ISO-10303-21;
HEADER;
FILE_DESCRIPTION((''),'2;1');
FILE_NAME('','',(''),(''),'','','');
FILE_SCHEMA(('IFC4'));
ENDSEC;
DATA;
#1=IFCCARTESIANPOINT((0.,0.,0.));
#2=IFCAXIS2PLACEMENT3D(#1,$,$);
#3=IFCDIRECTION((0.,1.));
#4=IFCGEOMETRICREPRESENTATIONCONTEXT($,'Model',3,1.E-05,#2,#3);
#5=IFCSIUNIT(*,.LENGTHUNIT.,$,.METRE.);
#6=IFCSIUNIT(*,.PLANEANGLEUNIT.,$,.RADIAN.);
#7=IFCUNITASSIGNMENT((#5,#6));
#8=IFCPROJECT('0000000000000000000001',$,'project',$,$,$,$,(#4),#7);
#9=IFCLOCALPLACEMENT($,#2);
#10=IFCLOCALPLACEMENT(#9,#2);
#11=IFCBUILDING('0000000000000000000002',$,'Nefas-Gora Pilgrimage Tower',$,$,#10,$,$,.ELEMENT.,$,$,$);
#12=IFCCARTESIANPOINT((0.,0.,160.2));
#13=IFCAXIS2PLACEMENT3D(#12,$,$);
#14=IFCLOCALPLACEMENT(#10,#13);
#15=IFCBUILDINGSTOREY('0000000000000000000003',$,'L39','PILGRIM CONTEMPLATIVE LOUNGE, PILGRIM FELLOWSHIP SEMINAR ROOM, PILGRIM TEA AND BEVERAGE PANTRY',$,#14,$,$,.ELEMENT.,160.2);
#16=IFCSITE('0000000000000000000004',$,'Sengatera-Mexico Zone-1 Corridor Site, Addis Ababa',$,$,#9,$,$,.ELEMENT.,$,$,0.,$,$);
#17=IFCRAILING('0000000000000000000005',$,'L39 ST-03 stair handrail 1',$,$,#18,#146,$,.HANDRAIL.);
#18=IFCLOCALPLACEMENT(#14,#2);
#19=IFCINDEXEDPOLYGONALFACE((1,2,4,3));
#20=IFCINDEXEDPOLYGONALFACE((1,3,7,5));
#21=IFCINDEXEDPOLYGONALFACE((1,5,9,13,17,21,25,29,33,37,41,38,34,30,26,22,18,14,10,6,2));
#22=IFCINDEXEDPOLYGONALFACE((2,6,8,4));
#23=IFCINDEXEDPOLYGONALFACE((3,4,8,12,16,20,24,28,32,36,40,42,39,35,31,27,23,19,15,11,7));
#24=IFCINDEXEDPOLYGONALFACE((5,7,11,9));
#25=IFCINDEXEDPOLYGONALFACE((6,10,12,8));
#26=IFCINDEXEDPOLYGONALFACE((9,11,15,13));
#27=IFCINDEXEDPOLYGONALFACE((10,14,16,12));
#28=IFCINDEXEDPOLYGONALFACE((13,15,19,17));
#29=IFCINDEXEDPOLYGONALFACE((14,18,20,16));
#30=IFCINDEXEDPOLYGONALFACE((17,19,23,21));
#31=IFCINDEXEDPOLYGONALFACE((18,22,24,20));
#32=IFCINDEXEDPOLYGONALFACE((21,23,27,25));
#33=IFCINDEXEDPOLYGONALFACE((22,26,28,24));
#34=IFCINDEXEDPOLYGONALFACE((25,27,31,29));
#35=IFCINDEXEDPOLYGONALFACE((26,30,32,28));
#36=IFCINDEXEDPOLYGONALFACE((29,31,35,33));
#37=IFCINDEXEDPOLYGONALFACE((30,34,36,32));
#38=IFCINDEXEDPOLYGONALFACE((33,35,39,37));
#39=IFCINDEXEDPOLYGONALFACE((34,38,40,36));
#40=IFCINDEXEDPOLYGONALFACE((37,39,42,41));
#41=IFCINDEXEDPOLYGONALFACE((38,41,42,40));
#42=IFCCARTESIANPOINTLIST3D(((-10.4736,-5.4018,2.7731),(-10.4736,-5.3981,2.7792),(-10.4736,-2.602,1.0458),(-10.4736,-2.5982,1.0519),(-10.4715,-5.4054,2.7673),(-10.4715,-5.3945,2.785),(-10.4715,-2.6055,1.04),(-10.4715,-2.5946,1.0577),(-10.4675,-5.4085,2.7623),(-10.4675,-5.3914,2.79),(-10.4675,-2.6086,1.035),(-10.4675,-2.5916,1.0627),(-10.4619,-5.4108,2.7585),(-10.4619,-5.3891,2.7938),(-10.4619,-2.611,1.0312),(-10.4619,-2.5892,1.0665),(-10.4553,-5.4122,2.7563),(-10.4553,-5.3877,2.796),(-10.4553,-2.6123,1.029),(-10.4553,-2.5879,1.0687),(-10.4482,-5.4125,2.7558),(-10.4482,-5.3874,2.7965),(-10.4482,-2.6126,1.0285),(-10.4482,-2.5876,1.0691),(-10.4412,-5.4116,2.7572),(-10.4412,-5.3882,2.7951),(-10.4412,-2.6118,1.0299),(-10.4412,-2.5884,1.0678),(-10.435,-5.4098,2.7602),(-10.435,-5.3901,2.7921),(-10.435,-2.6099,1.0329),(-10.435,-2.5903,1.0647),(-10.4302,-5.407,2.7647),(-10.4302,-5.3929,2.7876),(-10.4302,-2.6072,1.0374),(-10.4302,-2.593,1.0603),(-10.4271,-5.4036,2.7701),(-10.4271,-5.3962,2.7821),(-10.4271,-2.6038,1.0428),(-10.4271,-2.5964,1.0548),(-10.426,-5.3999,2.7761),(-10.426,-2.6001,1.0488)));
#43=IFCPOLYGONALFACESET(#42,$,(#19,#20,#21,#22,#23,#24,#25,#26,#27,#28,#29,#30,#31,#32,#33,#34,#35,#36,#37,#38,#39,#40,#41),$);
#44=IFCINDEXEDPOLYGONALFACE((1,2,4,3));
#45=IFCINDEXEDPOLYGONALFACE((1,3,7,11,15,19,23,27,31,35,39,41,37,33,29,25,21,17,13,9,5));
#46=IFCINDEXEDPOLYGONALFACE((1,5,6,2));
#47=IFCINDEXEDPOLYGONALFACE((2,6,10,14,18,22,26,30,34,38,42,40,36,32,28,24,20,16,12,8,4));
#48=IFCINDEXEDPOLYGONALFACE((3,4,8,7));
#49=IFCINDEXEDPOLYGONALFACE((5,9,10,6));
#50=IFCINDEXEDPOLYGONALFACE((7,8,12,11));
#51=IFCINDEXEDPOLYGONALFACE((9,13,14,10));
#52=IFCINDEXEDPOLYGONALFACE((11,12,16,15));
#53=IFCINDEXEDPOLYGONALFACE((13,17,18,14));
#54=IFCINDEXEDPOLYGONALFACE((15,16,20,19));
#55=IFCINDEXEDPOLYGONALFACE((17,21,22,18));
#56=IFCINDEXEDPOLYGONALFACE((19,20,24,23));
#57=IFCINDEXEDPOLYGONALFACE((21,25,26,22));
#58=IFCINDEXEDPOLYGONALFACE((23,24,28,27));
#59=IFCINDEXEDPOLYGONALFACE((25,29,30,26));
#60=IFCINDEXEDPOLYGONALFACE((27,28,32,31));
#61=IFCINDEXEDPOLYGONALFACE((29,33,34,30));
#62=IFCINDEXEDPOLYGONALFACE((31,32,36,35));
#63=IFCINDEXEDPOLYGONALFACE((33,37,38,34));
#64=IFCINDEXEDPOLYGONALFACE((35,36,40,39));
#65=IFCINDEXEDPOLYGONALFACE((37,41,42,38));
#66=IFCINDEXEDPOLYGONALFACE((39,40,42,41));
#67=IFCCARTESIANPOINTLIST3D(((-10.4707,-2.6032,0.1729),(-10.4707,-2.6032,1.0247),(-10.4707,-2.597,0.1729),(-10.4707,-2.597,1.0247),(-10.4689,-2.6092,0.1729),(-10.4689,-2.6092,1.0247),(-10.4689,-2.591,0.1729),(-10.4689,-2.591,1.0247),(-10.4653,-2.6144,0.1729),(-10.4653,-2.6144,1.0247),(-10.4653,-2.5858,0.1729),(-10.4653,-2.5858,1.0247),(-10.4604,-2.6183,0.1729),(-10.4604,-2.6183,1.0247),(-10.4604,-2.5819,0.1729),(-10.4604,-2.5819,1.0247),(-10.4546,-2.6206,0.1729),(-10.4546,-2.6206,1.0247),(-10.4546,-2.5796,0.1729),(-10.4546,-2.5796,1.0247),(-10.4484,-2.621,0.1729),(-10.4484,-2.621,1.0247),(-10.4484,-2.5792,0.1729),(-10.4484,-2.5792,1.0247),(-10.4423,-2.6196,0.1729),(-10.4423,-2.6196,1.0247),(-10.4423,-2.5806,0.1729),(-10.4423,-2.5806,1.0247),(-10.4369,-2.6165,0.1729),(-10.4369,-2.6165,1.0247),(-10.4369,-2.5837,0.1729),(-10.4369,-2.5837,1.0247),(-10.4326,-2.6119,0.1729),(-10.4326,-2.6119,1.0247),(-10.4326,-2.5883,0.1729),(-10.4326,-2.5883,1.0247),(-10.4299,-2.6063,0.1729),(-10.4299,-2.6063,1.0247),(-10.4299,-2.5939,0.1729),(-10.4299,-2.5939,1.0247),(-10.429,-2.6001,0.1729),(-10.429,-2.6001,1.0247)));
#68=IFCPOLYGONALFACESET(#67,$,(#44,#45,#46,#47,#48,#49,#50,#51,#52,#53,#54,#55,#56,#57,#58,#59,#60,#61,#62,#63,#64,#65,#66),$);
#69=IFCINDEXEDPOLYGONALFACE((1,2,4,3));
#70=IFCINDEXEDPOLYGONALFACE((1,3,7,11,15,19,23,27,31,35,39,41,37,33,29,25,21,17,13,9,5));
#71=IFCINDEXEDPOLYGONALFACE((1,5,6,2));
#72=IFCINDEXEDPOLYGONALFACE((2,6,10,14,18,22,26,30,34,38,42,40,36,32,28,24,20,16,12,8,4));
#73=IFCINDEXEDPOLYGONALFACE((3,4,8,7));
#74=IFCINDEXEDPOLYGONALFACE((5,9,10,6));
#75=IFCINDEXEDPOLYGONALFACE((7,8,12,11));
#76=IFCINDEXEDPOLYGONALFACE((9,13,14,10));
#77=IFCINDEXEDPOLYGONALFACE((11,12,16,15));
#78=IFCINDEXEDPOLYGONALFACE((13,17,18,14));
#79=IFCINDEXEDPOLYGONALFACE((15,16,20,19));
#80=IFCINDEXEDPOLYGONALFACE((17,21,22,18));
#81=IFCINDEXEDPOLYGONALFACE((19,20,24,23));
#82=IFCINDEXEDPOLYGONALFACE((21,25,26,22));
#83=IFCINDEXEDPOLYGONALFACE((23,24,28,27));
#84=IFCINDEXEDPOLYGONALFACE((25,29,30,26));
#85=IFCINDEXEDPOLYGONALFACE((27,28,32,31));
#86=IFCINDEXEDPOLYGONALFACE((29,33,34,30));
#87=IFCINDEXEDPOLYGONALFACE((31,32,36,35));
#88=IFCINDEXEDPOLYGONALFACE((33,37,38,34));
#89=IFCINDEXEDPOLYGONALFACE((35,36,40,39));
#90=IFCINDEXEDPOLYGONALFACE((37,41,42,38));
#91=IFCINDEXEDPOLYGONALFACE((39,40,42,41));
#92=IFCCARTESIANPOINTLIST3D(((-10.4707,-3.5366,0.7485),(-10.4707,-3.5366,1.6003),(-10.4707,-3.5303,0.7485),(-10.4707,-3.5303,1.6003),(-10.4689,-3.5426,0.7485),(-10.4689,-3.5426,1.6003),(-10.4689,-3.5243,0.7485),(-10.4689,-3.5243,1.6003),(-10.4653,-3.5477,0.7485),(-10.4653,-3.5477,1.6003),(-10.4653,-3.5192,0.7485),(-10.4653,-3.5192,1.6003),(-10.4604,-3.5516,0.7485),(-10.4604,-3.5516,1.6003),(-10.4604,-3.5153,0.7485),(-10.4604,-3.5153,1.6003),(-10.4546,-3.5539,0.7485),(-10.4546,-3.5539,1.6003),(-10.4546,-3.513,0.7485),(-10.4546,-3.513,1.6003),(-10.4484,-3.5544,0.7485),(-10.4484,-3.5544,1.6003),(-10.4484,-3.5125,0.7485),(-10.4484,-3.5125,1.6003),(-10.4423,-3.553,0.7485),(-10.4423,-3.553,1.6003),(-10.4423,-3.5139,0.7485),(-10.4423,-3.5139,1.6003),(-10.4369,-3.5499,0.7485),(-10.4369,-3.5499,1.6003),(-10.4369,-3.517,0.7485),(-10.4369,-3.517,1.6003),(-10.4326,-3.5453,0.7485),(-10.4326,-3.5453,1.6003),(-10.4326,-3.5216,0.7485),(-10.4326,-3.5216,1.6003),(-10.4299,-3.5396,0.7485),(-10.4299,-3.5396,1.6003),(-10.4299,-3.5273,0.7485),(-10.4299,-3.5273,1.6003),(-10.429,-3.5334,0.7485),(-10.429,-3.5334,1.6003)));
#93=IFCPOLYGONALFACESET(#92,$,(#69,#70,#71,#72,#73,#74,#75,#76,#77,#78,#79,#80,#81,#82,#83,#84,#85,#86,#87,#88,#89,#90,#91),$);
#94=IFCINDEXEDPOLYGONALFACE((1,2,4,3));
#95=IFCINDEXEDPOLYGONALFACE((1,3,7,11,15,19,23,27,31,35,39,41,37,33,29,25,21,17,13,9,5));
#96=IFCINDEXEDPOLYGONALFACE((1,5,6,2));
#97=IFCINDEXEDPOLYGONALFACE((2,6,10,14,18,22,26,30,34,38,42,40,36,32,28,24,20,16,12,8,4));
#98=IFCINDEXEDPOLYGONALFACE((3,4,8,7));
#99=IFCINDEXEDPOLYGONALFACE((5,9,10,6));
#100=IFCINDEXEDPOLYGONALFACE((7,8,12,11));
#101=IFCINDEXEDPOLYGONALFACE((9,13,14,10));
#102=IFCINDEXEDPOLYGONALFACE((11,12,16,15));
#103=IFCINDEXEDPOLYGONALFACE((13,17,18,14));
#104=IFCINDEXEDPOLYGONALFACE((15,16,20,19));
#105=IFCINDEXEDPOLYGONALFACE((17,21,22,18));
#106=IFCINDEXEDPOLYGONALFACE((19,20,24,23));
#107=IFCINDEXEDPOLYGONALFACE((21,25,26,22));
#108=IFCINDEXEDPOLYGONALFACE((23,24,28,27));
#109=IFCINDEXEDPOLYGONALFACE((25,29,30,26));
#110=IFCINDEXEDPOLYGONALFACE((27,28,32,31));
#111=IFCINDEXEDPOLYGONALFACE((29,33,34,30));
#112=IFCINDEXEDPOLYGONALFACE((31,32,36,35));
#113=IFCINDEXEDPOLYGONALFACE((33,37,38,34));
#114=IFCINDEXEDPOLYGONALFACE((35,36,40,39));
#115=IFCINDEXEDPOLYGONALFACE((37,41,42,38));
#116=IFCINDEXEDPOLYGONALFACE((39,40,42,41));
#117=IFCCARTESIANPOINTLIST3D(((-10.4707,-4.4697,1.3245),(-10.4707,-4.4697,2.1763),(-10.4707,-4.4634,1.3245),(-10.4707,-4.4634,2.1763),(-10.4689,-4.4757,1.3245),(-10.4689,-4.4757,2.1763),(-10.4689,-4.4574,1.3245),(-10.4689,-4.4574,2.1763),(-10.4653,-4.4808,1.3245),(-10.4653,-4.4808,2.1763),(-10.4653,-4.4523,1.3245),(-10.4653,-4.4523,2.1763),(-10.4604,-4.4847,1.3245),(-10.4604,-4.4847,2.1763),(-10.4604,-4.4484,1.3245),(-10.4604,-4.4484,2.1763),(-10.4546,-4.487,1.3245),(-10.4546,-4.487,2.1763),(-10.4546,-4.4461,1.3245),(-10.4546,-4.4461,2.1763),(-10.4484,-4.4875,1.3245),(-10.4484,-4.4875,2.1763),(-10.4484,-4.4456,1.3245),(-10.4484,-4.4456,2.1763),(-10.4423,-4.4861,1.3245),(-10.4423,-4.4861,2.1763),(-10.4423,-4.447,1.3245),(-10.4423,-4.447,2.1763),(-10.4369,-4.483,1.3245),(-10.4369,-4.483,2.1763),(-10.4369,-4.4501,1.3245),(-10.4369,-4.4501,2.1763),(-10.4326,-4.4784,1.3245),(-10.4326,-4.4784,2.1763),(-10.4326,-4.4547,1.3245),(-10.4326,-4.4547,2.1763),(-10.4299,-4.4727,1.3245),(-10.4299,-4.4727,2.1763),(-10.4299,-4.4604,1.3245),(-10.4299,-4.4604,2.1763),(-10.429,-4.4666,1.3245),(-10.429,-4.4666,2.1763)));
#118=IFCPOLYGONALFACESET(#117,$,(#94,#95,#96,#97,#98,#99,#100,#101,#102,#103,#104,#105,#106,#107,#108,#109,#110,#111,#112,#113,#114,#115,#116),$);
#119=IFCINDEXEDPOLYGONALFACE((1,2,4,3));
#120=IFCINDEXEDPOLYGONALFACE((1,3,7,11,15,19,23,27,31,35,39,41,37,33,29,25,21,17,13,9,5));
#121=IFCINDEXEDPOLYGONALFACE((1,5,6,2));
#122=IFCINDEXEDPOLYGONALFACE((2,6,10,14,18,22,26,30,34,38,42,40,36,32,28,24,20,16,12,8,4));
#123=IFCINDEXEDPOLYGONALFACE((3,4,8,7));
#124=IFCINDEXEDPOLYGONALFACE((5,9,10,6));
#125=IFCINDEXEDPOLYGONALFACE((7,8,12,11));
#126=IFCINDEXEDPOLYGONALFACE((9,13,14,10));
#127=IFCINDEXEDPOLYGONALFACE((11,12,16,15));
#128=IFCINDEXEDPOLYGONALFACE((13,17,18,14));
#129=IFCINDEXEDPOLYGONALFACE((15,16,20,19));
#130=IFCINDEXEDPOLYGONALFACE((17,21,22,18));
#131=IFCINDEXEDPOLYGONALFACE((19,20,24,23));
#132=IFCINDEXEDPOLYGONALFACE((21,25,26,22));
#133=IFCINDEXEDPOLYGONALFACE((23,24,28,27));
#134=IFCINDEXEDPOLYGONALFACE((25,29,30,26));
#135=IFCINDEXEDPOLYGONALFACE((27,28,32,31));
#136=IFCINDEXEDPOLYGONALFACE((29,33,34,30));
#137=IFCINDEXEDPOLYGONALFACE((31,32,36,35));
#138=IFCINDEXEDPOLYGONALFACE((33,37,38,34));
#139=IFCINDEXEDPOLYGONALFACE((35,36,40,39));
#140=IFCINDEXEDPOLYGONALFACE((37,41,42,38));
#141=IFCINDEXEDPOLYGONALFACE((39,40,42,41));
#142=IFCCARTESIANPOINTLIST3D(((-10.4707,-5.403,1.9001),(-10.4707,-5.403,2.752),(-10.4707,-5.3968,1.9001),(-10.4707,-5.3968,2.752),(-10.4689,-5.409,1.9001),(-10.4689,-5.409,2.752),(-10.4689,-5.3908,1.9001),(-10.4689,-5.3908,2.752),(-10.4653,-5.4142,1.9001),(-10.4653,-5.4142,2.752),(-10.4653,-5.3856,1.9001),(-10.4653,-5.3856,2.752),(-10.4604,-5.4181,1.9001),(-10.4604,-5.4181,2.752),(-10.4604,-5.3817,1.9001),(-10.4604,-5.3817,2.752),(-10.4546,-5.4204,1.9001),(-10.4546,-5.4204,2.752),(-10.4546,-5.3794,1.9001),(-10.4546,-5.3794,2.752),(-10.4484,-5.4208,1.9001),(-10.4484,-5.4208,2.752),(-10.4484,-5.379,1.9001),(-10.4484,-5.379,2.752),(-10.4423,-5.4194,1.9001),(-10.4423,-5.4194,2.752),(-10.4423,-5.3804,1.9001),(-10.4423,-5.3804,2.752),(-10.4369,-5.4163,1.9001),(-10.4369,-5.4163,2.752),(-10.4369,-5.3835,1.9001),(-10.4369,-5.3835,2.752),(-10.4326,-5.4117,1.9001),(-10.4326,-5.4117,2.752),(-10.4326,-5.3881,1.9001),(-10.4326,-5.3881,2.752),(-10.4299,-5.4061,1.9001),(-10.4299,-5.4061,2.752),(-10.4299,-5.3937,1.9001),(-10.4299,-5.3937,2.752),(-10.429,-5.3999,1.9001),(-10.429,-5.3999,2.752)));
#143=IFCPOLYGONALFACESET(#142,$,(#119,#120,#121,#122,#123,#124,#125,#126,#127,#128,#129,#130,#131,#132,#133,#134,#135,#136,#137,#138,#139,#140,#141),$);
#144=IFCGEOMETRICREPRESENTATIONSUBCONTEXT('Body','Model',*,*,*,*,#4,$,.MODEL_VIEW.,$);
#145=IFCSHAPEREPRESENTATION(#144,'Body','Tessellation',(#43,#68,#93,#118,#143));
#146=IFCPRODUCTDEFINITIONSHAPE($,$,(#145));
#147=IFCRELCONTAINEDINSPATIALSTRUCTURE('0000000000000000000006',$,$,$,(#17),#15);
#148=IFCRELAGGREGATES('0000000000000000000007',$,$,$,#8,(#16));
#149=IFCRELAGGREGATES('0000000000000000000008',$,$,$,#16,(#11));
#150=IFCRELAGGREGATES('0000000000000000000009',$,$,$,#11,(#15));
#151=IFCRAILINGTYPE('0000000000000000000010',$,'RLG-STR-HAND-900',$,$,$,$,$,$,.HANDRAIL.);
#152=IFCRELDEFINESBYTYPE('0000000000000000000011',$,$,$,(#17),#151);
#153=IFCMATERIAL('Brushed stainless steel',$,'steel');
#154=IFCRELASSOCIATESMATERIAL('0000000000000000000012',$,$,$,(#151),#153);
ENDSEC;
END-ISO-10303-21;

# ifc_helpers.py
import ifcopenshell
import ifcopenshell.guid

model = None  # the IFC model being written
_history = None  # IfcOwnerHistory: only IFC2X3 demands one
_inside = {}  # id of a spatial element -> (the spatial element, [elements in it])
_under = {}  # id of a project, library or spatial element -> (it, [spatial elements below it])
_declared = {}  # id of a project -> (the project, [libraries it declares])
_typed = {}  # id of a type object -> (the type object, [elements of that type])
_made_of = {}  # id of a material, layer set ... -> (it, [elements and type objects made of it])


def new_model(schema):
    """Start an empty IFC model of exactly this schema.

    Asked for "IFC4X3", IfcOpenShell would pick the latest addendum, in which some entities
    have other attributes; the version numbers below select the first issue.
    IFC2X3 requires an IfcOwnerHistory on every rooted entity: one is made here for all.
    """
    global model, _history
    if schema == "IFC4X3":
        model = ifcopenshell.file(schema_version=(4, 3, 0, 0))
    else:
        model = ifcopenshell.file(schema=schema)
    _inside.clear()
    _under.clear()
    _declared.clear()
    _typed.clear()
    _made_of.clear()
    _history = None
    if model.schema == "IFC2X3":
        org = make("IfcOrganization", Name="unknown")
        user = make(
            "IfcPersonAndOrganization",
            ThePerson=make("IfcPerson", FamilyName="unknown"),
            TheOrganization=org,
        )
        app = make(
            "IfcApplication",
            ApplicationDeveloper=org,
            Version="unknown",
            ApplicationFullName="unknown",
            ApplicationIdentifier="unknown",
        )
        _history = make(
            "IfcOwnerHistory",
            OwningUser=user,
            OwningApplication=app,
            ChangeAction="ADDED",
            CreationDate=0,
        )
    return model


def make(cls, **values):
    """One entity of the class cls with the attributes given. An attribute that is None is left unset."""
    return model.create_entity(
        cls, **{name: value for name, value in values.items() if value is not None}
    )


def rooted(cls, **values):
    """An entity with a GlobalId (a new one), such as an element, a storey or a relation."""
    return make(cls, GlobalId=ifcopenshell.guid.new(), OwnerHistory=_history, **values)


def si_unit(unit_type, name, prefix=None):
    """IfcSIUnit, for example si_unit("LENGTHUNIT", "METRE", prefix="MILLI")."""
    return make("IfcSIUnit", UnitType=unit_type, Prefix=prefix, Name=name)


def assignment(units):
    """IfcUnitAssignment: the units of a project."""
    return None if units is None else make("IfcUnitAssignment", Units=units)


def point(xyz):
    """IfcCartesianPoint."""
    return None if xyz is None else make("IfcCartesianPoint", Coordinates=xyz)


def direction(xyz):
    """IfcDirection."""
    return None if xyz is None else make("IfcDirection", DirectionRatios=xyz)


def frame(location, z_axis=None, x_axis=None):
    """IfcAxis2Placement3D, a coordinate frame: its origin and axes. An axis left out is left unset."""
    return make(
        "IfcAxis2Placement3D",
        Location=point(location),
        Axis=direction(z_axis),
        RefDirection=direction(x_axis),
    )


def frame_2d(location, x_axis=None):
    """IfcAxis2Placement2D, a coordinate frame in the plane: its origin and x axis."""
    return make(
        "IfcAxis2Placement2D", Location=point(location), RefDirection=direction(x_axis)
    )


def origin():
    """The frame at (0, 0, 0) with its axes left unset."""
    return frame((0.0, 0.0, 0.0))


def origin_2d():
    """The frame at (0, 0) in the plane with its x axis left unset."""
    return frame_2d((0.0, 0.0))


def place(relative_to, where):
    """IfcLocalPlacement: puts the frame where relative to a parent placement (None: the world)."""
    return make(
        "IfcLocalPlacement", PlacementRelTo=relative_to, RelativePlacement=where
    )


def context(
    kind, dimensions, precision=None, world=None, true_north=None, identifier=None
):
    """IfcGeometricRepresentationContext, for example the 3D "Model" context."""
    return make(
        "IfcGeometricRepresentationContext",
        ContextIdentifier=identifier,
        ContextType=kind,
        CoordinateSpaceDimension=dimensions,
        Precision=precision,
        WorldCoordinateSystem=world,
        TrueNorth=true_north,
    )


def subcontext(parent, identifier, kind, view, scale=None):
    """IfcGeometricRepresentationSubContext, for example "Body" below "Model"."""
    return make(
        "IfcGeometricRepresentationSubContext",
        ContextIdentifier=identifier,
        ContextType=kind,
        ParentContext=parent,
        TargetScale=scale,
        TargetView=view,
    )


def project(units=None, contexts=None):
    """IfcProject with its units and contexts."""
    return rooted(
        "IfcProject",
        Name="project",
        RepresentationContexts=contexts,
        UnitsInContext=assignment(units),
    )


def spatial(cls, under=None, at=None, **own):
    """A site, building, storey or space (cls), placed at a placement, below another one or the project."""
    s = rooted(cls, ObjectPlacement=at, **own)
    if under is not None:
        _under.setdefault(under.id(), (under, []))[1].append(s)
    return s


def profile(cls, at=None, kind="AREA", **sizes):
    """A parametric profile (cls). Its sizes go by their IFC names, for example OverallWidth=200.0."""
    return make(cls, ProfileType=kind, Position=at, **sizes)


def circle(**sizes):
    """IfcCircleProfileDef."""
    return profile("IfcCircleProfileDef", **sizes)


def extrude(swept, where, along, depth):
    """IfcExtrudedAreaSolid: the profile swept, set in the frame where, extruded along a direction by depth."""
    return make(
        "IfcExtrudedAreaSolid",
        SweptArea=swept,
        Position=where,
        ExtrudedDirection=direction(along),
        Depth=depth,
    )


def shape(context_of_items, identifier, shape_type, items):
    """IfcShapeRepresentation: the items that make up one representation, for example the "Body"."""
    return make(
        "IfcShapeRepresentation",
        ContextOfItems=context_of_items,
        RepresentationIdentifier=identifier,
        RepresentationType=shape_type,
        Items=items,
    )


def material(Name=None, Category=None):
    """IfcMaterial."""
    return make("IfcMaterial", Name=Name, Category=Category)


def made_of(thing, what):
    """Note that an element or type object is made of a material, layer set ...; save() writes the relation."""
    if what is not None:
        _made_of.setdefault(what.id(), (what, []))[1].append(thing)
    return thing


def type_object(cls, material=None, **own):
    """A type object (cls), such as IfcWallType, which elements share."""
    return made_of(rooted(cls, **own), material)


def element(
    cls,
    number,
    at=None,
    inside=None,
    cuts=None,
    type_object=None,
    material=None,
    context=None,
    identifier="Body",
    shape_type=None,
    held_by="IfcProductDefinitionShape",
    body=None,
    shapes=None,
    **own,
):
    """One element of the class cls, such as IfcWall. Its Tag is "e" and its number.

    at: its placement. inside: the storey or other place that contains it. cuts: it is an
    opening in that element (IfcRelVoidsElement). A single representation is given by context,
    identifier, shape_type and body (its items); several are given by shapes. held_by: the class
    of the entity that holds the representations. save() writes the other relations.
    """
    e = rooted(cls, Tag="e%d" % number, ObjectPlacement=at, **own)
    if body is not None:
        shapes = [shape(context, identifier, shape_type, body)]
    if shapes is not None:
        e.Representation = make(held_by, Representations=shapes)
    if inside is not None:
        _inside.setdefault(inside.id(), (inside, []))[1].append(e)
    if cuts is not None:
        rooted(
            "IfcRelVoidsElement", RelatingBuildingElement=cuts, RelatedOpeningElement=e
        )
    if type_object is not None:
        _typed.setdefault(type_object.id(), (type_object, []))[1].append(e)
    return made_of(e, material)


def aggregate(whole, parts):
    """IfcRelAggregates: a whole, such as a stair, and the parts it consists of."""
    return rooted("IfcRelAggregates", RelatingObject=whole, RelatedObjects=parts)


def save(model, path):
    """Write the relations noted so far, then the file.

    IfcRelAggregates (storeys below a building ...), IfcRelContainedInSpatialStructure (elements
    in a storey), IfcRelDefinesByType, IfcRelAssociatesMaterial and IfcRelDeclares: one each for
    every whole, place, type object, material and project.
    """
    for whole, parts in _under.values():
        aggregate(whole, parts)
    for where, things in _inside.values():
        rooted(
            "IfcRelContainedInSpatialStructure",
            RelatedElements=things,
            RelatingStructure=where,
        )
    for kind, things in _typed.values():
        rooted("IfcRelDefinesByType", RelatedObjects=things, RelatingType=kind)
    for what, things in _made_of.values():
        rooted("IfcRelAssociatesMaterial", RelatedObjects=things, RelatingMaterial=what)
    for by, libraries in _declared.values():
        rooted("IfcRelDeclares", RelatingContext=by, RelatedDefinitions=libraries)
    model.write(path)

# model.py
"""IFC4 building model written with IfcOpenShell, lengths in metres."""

from ifc_helpers import new_model, si_unit, direction, frame, origin, origin_2d, place, context, subcontext, project, spatial, circle, extrude, material, type_object, element, save


model = new_model("IFC4")

# Units and contexts
model_context = context("Model", 3, precision=1e-05, world=origin(), true_north=direction((0.0, 1.0)))
body_context = subcontext(model_context, "Body", "Model", "MODEL_VIEW")
ifc_project = project(units=[si_unit("LENGTHUNIT", "METRE"), si_unit("PLANEANGLEUNIT", "RADIAN")], contexts=[model_context])

# Site, building, storey
site_placement = place(None, origin())
site = spatial("IfcSite", under=ifc_project, at=site_placement, Name="Sengatera-Mexico Zone-1 Corridor Site, Addis Ababa", CompositionType="ELEMENT", RefElevation=0.0)
building_placement = place(site_placement, origin())
building = spatial("IfcBuilding", under=site, at=building_placement, Name="Nefas-Gora Pilgrimage Tower", CompositionType="ELEMENT")
storey_placement = place(building_placement, frame((0.0, 0.0, 160.2)))
storey = spatial("IfcBuildingStorey", under=building, at=storey_placement, Name="L39", Description="PILGRIM CONTEMPLATIVE LOUNGE, PILGRIM FELLOWSHIP SEMINAR ROOM, PILGRIM TEA AND BEVERAGE PANTRY", CompositionType="ELEMENT", Elevation=160.2)

# Railing
ifc_material_1 = material(Name="Brushed stainless steel", Category="steel")
railing_type_1 = type_object("IfcRailingType", Name="RLG-STR-HAND-900", PredefinedType="HANDRAIL", material=ifc_material_1)
railing_1_placement = place(storey_placement, frame((-10.45, -2.6001, 0.1729)))
element("IfcRailing", 1, at=railing_1_placement, inside=storey, type_object=railing_type_1, Name="L39 ST-03 stair handrail 1", PredefinedType="HANDRAIL", context=body_context, shape_type="SweptSolid", body=[
    extrude(circle(Radius=0.0239, at=origin_2d()), frame((0.0, 0.0, 0.876), z_axis=(0.0, -0.851069, 0.525054), x_axis=(1.0, 0.0, 0.0)), (0.0, 0.0, 1.0), 3.2898),
    extrude(circle(Radius=0.021, at=origin_2d()), origin(), (0.0, 0.0, 1.0), 0.8518),
    extrude(circle(Radius=0.021, at=origin_2d()), frame((0.0, -0.9333, 0.5757)), (0.0, 0.0, 1.0), 0.8518),
    extrude(circle(Radius=0.021, at=origin_2d()), frame((0.0, -1.8665, 1.1516)), (0.0, 0.0, 1.0), 0.8518),
    extrude(circle(Radius=0.021, at=origin_2d()), frame((0.0, -2.7998, 1.7273)), (0.0, 0.0, 1.0), 0.8518),
])

save(model, "model.ifc")
